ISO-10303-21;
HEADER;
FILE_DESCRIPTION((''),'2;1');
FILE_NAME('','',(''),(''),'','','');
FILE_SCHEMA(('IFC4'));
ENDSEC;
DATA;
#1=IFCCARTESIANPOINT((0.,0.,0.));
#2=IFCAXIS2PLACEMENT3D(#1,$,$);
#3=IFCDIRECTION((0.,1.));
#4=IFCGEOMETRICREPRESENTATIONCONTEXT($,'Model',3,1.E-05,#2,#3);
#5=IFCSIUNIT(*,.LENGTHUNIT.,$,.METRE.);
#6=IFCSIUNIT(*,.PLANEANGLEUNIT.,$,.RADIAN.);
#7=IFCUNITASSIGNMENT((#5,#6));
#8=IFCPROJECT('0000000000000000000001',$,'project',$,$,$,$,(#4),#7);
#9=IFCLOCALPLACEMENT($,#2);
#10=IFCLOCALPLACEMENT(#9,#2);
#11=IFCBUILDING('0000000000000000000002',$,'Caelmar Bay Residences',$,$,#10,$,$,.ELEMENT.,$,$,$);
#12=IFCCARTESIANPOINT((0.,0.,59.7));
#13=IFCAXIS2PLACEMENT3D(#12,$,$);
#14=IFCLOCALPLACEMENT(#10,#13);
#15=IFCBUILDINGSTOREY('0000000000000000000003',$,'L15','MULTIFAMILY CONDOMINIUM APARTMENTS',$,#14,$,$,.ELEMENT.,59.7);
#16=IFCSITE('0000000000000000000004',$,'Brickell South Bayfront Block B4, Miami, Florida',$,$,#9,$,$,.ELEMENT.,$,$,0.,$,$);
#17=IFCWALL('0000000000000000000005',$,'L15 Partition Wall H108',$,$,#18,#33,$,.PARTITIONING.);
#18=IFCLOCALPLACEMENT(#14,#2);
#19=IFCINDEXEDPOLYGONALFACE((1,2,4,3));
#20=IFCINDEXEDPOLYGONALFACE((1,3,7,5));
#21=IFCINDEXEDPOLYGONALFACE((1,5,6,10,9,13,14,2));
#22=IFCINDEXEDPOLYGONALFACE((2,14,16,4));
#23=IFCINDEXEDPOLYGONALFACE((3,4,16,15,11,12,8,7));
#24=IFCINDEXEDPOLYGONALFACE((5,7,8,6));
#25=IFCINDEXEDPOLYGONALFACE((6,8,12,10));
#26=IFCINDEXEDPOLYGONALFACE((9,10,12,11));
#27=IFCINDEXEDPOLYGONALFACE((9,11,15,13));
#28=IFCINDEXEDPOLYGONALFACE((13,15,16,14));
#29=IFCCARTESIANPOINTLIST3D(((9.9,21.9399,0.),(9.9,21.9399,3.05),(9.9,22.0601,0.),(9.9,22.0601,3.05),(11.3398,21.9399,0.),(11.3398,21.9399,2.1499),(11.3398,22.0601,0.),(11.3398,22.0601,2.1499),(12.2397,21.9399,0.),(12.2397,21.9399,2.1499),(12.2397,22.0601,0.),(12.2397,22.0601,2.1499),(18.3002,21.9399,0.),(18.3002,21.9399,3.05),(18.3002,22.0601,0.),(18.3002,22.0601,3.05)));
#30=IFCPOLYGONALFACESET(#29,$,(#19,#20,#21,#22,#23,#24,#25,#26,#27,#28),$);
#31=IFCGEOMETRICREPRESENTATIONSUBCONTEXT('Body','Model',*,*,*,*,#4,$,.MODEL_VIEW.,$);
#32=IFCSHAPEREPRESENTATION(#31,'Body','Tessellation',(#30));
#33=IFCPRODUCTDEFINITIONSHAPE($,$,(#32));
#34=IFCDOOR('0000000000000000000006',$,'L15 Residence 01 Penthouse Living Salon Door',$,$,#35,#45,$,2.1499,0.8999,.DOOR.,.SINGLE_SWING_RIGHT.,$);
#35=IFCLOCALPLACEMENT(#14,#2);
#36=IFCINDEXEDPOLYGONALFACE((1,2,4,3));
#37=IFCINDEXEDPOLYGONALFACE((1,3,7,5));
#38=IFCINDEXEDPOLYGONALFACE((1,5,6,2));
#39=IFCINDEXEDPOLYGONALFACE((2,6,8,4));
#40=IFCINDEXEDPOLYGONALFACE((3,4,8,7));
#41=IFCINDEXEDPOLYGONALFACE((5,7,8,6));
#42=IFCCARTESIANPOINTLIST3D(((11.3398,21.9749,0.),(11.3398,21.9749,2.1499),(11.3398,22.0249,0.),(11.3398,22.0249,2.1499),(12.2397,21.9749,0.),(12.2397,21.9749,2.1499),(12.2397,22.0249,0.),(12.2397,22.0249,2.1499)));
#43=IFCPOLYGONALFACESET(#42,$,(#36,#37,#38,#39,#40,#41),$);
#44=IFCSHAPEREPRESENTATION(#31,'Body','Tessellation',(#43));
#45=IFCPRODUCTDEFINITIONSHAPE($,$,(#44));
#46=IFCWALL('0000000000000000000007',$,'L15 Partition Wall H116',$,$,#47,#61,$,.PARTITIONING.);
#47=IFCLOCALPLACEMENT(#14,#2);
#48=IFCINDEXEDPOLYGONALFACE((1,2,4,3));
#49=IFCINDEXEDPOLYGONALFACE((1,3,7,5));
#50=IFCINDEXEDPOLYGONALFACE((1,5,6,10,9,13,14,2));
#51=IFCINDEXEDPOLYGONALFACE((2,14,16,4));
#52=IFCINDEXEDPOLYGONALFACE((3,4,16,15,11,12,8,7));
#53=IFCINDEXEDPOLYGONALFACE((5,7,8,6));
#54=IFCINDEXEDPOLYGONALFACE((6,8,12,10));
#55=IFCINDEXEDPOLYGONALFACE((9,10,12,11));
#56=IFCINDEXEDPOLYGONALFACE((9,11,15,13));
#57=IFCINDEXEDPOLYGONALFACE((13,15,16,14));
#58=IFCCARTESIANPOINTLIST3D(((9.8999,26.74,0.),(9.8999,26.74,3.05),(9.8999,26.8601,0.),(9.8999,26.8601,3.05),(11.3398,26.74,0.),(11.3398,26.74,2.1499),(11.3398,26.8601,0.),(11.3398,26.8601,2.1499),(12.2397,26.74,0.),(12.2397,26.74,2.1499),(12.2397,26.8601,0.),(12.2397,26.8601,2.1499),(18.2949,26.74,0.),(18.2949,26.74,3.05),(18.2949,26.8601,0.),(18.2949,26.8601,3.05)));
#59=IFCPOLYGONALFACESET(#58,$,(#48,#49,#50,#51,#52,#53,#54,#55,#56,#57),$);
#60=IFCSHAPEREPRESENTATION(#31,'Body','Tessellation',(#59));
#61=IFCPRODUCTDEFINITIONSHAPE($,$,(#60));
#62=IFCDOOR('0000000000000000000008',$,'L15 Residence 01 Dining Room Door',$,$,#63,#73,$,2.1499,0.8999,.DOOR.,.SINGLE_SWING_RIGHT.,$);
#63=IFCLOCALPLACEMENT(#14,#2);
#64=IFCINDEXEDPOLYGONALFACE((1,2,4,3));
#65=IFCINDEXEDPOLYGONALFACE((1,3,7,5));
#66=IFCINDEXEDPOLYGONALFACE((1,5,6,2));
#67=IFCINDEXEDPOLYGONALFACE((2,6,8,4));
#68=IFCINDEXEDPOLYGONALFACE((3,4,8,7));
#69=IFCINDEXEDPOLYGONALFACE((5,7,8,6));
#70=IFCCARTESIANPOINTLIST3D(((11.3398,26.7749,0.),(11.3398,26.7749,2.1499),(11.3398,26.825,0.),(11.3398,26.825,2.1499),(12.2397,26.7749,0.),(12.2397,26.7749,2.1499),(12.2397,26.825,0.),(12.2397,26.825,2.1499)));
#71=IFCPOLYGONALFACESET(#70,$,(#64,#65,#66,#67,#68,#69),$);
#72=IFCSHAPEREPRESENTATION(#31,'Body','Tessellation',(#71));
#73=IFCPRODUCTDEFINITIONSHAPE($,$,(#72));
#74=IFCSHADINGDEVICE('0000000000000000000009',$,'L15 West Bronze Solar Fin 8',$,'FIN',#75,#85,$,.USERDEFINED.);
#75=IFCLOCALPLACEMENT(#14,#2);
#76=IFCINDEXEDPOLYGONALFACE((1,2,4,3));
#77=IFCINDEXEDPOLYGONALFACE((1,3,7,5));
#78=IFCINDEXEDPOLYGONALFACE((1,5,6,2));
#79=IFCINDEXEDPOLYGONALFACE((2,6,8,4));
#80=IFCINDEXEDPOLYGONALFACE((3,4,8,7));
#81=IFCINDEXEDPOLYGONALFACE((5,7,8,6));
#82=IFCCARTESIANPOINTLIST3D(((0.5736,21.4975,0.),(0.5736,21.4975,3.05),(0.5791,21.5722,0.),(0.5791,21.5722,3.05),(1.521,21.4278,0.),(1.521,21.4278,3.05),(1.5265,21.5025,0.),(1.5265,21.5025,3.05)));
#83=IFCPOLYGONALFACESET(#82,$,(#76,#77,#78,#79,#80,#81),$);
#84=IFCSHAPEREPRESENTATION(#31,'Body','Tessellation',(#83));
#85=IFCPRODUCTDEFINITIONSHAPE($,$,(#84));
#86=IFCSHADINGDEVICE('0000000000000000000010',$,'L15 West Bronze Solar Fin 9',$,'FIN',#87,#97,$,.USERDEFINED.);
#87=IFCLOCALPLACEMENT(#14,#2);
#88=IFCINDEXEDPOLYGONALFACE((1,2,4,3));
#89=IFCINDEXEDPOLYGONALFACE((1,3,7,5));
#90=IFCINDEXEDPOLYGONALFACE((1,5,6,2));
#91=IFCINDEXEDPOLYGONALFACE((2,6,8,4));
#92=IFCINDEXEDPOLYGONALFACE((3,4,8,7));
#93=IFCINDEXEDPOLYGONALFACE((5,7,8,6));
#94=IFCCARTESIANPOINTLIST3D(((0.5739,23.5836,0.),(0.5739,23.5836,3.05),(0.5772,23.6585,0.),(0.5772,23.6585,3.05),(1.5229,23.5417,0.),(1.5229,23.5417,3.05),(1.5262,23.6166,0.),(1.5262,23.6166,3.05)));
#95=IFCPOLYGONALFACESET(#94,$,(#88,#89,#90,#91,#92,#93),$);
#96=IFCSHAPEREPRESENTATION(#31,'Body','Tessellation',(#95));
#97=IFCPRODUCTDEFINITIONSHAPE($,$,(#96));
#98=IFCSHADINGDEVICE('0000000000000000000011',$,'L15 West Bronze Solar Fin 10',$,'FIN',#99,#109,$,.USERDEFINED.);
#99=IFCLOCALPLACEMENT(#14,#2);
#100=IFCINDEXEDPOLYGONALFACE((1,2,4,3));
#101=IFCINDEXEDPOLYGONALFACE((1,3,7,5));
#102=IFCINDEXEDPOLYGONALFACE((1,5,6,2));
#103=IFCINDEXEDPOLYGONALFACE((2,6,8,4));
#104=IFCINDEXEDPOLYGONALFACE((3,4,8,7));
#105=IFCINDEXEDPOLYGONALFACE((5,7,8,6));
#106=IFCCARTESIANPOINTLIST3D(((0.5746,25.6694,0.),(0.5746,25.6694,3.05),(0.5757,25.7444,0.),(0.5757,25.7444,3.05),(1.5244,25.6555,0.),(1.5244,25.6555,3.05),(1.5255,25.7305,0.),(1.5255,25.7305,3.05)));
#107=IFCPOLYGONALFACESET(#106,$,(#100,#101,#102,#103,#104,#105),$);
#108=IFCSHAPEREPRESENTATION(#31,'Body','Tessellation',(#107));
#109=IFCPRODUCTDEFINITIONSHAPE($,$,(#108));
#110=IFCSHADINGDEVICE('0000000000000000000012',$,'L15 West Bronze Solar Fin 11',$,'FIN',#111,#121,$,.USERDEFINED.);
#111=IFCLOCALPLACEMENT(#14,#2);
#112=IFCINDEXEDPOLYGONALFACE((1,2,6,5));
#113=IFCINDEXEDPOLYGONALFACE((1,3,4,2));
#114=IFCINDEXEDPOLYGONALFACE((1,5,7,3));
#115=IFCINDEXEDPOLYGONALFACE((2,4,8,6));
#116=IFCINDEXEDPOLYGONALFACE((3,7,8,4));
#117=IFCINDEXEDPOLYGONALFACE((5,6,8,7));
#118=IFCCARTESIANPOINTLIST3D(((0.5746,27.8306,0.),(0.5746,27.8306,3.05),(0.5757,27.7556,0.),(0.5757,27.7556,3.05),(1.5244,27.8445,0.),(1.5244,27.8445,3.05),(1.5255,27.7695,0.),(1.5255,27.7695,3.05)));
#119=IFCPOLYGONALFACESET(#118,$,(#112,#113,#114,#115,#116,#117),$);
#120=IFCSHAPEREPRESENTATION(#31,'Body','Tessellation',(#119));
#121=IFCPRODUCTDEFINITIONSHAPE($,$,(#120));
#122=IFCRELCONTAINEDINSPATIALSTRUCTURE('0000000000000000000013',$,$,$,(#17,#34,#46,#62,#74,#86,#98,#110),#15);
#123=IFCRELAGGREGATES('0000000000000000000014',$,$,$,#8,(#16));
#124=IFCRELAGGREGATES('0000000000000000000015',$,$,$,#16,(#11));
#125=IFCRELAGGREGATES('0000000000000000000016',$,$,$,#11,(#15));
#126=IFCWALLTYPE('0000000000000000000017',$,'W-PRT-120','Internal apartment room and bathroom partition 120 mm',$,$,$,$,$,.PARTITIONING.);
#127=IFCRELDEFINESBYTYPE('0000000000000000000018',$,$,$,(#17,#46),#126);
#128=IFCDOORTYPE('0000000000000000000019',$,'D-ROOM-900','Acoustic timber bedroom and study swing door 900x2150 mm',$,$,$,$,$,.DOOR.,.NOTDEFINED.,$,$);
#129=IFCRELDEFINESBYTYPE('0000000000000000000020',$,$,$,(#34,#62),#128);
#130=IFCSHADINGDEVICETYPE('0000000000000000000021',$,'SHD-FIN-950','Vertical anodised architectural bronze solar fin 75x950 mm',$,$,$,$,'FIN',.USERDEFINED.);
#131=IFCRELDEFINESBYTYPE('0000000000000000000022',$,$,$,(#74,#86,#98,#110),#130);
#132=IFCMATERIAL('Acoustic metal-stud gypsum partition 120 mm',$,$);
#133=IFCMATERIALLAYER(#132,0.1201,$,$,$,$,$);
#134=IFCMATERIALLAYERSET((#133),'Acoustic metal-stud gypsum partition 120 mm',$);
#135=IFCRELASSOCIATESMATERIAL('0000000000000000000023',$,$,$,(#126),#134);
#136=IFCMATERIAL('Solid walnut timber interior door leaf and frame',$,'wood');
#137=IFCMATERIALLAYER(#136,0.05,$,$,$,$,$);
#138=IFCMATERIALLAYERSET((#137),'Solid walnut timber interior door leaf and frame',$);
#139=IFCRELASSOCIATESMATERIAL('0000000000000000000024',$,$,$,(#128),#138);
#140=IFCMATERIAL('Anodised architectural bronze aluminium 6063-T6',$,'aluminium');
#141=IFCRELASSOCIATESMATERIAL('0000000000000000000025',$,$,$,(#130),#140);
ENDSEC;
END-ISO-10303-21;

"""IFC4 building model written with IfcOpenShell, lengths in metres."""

from ifc_helpers import new_model, si_unit, direction, frame, frame_2d, origin, origin_2d, place, context, subcontext, project, spatial, rectangle, extrude, material, layer, layer_set, material_profile, profile_set, type_object, element, fill, save


model = new_model("IFC4")

# Units and contexts
model_context = context("Model", 3, precision=1e-05, world=origin(), true_north=direction((0.0, 1.0)))
body_context = subcontext(model_context, "Body", "Model", "MODEL_VIEW")
ifc_project = project(units=[si_unit("LENGTHUNIT", "METRE"), si_unit("PLANEANGLEUNIT", "RADIAN")], contexts=[model_context])

# Site, building, storey
site_placement = place(None, origin())
site = spatial("IfcSite", under=ifc_project, at=site_placement, Name="Brickell South Bayfront Block B4, Miami, Florida", CompositionType="ELEMENT", RefElevation=0.0)
building_placement = place(site_placement, origin())
building = spatial("IfcBuilding", under=site, at=building_placement, Name="Caelmar Bay Residences", CompositionType="ELEMENT")
storey_placement = place(building_placement, frame((0.0, 0.0, 59.7)))
storey = spatial("IfcBuildingStorey", under=building, at=storey_placement, Name="L15", Description="MULTIFAMILY CONDOMINIUM APARTMENTS", CompositionType="ELEMENT", Elevation=59.7)

# Shared definitions
ifc_material_1 = material(Name="Acoustic metal-stud gypsum partition 120 mm")
ifc_layer_1 = layer(ifc_material_1, 0.1201)
ifc_layer_set_1 = layer_set([ifc_layer_1], Name="Acoustic metal-stud gypsum partition 120 mm")
wall_type_1 = type_object("IfcWallType", Name="W-PRT-120", Description="Internal apartment room and bathroom partition 120 mm", PredefinedType="PARTITIONING", material=ifc_layer_set_1)

# Shared definitions
ifc_material_2 = material(Name="Solid walnut timber interior door leaf and frame", Category="wood")
ifc_layer_2 = layer(ifc_material_2, 0.05)
ifc_layer_set_2 = layer_set([ifc_layer_2], Name="Solid walnut timber interior door leaf and frame")
door_type_1 = type_object("IfcDoorType", Name="D-ROOM-900", Description="Acoustic timber bedroom and study swing door 900x2150 mm", OperationType="NOTDEFINED", PredefinedType="DOOR", material=ifc_layer_set_2)

# Walls, openings, doors
wall_1_placement = place(storey_placement, frame((9.8999, 22.0, 0.0), z_axis=(0.0, 0.0, 1.0), x_axis=(1.0, 0.0, 0.0)))
wall_1 = element("IfcWall", 1, at=wall_1_placement, inside=storey, type_object=wall_type_1, Name="L15 Partition Wall H108", PredefinedType="PARTITIONING", context=body_context, shape_type="SweptSolid", body=[
    extrude(rectangle(XDim=8.4001, YDim=0.1201, at=frame_2d((4.2002, 0.0))), origin(), (0.0, 0.0, 1.0), 3.05),
])
opening_1_placement = place(wall_1_placement, frame((1.4399, 0.0, 0.0)))
opening_1 = element("IfcOpeningElement", 2, at=opening_1_placement, cuts=wall_1, PredefinedType="OPENING", context=body_context, shape_type="SweptSolid", body=[
    extrude(rectangle(XDim=0.8999, YDim=2.1499, at=frame_2d((0.45, 1.075))), frame((0.0, 0.0701, 0.0), z_axis=(0.0, -1.0, 0.0), x_axis=(1.0, 0.0, 0.0)), (0.0, 0.0, 1.0), 0.1401),
])
door_1_placement = place(opening_1_placement, origin())
door_1 = element("IfcDoor", 3, at=door_1_placement, inside=storey, type_object=door_type_1, Name="L15 Residence 01 Penthouse Living Salon Door", OperationType="SINGLE_SWING_RIGHT", OverallHeight=2.1499, OverallWidth=0.8999, PredefinedType="DOOR", context=body_context, shape_type="SweptSolid", body=[
    extrude(rectangle(XDim=0.8999, YDim=2.1499, at=frame_2d((0.45, 1.075))), frame((0.0, 0.0249, 0.0), z_axis=(0.0, -1.0, 0.0), x_axis=(1.0, 0.0, 0.0)), (0.0, 0.0, 1.0), 0.05),
])
fill(opening_1, door_1)
wall_2_placement = place(storey_placement, frame((9.8999, 26.8, 0.0), z_axis=(0.0, 0.0, 1.0), x_axis=(1.0, 0.0, 0.0)))
wall_2 = element("IfcWall", 4, at=wall_2_placement, inside=storey, type_object=wall_type_1, Name="L15 Partition Wall H116", PredefinedType="PARTITIONING", context=body_context, shape_type="SweptSolid", body=[
    extrude(rectangle(XDim=8.395, YDim=0.1201, at=frame_2d((4.1975, 0.0))), origin(), (0.0, 0.0, 1.0), 3.05),
])
opening_2_placement = place(wall_2_placement, frame((1.4399, 0.0, 0.0)))
opening_2 = element("IfcOpeningElement", 5, at=opening_2_placement, cuts=wall_2, PredefinedType="OPENING", context=body_context, shape_type="SweptSolid", body=[
    extrude(rectangle(XDim=0.8999, YDim=2.1499, at=frame_2d((0.45, 1.075))), frame((0.0, 0.0701, 0.0), z_axis=(0.0, -1.0, 0.0), x_axis=(1.0, 0.0, 0.0)), (0.0, 0.0, 1.0), 0.1401),
])
door_2_placement = place(opening_2_placement, origin())
door_2 = element("IfcDoor", 6, at=door_2_placement, inside=storey, type_object=door_type_1, Name="L15 Residence 01 Dining Room Door", OperationType="SINGLE_SWING_RIGHT", OverallHeight=2.1499, OverallWidth=0.8999, PredefinedType="DOOR", context=body_context, shape_type="SweptSolid", body=[
    extrude(rectangle(XDim=0.8999, YDim=2.1499, at=frame_2d((0.45, 1.075))), frame((0.0, 0.0249, 0.0), z_axis=(0.0, -1.0, 0.0), x_axis=(1.0, 0.0, 0.0)), (0.0, 0.0, 1.0), 0.05),
])
fill(opening_2, door_2)

# Shading devices
ifc_material_3 = material(Name="Anodised architectural bronze aluminium 6063-T6", Category="aluminium")
ifc_material_profile_1 = material_profile(ifc_material_3, rectangle(XDim=0.075, YDim=0.95, at=origin_2d()), Name="BRONZE-FIN-75X950")
ifc_profile_set_1 = profile_set([ifc_material_profile_1], Name="Anodised architectural bronze aluminium 6063-T6")
shading_device_type = type_object("IfcShadingDeviceType", Name="SHD-FIN-950", Description="Vertical anodised architectural bronze solar fin 75x950 mm", ElementType="FIN", PredefinedType="USERDEFINED", material=ifc_profile_set_1)
for number, where, z_axis, x_axis, name in (
    (7, (1.05, 21.5, 0.0), (0.0, 0.0, 1.0), (0.073412, 0.997302, 0.0), "L15 West Bronze Solar Fin 8"),
    (8, (1.05, 23.6001, 0.0), (0.0, 0.0, 1.0), (0.044142, 0.999025, 0.0), "L15 West Bronze Solar Fin 9"),
    (9, (1.05, 25.7, 0.0), (0.0, 0.0, 1.0), (0.01466, 0.999893, 0.0), "L15 West Bronze Solar Fin 10"),
    (10, (1.05, 27.8, 0.0), (0.0, 0.0, 1.0), (-0.01466, 0.999893, 0.0), "L15 West Bronze Solar Fin 11"),
):
    element("IfcShadingDevice", number, at=place(storey_placement, frame(where, z_axis=z_axis, x_axis=x_axis)), inside=storey, type_object=shading_device_type, Name=name, ObjectType="FIN", PredefinedType="USERDEFINED", context=body_context, shape_type="SweptSolid", body=[
        extrude(rectangle(XDim=0.075, YDim=0.95, at=origin_2d()), origin(), (0.0, 0.0, 1.0), 3.05),
    ])

save(model, "model.ifc")
